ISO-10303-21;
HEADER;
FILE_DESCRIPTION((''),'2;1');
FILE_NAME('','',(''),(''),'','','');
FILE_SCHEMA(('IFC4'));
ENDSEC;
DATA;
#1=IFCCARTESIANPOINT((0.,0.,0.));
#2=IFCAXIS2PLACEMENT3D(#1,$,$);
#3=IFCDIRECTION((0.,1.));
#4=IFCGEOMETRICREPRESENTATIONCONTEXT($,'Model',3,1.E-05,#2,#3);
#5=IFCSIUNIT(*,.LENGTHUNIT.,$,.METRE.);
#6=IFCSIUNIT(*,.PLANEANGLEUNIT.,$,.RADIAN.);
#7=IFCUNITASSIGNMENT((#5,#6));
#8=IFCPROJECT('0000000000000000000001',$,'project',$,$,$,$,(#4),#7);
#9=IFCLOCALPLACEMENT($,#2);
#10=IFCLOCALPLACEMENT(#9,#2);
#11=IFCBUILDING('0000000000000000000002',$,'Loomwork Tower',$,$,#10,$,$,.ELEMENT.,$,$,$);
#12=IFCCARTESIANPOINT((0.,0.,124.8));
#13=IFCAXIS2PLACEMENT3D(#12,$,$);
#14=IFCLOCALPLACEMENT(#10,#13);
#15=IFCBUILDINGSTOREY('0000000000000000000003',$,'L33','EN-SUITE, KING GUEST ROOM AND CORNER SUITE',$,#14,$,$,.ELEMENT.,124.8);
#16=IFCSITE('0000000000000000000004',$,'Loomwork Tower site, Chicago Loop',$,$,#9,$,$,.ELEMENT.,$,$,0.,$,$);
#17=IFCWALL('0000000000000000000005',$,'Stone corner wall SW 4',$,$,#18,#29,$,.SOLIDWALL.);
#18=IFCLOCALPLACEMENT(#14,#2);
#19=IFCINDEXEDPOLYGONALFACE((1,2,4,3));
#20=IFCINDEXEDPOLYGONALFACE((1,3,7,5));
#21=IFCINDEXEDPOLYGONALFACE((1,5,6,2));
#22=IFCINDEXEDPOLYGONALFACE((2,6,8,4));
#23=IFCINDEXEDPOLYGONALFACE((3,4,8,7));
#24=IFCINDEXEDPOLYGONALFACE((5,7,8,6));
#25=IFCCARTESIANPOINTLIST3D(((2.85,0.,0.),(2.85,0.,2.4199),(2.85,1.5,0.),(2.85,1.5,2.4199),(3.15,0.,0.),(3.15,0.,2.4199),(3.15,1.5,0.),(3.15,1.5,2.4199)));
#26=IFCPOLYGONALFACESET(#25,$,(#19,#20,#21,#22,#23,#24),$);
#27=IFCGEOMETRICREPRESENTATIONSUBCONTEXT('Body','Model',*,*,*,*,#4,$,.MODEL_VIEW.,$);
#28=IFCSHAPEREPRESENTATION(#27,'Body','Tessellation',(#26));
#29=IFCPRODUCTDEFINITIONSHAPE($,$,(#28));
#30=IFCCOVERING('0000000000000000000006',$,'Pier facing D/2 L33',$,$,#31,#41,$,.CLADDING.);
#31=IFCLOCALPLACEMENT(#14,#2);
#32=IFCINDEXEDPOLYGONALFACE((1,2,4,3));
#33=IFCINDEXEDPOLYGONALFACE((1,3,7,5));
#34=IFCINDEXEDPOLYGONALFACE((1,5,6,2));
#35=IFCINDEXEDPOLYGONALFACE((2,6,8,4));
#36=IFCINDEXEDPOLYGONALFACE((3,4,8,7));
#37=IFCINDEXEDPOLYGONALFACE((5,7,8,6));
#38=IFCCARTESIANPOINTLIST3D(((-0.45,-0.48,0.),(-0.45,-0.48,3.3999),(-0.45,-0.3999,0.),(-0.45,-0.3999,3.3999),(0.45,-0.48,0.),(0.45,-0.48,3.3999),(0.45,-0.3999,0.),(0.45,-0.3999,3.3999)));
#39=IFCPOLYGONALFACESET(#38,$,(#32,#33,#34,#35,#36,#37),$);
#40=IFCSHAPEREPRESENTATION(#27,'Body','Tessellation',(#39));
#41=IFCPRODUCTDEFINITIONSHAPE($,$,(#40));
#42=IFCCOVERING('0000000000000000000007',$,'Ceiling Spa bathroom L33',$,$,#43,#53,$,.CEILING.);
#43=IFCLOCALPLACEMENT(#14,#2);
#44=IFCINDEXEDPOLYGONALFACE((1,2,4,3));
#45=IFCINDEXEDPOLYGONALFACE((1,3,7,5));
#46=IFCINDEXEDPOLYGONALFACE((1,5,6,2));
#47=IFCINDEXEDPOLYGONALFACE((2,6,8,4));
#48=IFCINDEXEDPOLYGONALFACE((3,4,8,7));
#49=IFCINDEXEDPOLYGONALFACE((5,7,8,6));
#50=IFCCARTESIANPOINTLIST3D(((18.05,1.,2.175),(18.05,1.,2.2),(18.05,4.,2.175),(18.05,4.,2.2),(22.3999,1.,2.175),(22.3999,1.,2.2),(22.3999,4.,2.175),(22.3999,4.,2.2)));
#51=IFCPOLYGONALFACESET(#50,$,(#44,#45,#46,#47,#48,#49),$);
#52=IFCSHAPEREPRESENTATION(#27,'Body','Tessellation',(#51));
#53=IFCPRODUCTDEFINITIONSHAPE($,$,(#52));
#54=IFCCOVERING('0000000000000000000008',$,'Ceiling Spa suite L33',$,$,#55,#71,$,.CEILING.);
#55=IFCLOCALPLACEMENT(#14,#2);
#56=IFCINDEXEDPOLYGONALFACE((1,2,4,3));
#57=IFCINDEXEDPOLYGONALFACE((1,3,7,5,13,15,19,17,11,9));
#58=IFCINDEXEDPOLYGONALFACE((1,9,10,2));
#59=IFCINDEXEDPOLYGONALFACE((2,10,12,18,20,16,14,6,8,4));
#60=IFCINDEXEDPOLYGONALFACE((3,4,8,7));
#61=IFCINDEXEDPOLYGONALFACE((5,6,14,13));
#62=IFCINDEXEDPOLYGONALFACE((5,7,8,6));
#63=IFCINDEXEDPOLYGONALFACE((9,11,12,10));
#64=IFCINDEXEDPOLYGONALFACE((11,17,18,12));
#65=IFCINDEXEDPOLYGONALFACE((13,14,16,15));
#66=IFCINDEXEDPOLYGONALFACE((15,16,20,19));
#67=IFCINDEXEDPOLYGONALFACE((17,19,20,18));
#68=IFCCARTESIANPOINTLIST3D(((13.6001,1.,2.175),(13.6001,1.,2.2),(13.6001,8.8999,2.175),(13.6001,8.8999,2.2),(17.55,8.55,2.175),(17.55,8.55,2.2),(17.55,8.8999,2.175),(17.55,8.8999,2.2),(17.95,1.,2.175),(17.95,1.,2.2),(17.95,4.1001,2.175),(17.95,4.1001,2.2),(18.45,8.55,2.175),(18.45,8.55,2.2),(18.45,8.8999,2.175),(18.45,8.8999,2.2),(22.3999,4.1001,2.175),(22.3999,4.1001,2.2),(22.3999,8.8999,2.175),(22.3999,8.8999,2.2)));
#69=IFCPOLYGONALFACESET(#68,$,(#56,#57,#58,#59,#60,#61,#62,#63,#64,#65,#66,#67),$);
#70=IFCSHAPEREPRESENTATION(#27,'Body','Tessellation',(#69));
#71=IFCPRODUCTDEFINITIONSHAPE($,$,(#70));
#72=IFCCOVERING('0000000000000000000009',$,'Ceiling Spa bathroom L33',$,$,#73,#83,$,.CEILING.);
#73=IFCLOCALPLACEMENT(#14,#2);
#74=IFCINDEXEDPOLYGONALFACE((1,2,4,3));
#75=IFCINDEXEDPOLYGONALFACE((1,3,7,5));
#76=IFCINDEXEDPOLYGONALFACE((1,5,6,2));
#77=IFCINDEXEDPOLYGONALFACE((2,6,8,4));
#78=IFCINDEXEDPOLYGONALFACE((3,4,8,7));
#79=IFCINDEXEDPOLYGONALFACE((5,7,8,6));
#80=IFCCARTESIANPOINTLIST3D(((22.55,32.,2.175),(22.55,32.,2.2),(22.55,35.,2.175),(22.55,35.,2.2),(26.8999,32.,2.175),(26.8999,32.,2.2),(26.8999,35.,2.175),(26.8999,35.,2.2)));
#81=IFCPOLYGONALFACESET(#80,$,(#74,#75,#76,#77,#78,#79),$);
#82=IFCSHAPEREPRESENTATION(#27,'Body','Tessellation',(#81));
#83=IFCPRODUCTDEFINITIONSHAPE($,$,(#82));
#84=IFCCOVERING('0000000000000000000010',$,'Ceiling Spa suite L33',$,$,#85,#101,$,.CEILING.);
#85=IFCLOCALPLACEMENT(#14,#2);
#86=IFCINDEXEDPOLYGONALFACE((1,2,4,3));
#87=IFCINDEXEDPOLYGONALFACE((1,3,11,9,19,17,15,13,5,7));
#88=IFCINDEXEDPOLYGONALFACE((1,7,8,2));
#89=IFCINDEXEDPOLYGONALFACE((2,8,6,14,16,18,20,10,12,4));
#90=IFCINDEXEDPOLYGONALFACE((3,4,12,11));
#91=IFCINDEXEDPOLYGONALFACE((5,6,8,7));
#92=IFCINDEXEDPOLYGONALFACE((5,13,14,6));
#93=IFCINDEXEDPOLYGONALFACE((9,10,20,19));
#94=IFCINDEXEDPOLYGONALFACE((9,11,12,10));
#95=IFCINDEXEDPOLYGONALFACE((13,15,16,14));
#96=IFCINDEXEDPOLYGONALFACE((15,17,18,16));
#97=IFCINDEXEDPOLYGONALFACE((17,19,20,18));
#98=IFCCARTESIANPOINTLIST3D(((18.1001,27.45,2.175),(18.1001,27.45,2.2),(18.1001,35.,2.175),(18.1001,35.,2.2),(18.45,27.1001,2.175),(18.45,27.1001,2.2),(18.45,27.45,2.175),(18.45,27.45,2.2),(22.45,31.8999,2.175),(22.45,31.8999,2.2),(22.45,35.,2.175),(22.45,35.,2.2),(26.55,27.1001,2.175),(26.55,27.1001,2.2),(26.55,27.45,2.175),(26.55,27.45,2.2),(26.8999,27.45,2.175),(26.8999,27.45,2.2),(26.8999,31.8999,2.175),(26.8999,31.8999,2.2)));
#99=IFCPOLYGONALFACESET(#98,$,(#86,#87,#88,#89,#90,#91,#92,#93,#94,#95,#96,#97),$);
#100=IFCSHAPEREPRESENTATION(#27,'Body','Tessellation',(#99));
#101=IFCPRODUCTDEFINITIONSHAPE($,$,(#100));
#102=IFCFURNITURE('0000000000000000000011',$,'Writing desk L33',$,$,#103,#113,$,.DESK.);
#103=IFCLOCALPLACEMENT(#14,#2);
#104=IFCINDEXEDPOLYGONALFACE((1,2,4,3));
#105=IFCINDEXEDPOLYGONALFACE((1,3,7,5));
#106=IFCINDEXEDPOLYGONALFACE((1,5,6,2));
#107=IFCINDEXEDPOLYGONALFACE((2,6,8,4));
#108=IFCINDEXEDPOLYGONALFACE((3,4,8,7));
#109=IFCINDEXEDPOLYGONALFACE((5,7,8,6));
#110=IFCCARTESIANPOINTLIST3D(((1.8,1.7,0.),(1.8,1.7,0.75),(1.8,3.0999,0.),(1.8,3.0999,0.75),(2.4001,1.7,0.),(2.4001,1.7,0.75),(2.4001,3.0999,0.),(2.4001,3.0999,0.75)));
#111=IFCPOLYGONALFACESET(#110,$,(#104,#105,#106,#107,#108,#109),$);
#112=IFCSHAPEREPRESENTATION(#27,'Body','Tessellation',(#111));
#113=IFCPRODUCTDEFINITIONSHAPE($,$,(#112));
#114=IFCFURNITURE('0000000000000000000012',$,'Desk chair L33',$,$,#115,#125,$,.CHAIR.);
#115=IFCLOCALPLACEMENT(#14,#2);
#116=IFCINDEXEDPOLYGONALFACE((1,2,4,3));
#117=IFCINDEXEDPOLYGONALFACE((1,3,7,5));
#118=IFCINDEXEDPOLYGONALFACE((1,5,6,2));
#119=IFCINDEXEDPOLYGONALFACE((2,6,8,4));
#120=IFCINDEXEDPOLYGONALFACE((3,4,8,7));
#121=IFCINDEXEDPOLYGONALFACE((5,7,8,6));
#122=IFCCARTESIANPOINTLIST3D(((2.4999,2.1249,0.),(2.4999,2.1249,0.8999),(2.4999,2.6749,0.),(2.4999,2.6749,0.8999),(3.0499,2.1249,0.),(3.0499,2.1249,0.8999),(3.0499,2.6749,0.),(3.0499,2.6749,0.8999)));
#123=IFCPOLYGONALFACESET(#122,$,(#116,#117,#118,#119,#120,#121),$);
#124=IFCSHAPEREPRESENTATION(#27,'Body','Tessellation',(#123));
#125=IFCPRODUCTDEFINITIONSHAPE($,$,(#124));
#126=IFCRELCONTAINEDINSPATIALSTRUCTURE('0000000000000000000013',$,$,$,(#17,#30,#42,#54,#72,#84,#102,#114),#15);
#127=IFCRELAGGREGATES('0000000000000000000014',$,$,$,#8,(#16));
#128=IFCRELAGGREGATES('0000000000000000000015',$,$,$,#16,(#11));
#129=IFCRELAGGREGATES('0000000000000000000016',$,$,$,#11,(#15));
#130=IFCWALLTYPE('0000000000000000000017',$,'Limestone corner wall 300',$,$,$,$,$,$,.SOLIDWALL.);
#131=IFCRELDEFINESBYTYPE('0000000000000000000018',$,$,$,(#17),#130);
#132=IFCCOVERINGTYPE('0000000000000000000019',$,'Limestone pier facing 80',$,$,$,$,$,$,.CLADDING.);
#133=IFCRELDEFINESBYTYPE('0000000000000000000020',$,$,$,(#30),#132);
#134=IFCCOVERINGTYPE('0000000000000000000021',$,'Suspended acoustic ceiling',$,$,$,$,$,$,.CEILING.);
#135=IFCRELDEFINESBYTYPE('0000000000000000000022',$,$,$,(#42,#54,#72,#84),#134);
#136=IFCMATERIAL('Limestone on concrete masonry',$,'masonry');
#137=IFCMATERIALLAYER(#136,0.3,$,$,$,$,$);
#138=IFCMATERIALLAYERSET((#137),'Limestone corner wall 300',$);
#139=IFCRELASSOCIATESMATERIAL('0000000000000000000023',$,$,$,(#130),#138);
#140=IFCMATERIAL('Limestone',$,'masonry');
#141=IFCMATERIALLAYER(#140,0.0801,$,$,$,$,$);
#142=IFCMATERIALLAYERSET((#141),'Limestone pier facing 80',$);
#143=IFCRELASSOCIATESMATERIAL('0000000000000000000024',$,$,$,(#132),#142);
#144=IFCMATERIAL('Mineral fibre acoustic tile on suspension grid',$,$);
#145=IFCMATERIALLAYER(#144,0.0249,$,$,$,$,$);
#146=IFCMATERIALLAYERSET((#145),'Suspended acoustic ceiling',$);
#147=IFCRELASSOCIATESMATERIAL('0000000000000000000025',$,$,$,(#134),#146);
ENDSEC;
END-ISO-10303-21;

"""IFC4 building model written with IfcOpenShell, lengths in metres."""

from ifc_helpers import new_model, si_unit, direction, frame, frame_2d, origin, origin_2d, place, context, subcontext, project, spatial, polyline, rectangle, outline, extrude, material, layer, layer_set, type_object, element, save


model = new_model("IFC4")

# Units and contexts
model_context = context("Model", 3, precision=1e-05, world=origin(), true_north=direction((0.0, 1.0)))
body_context = subcontext(model_context, "Body", "Model", "MODEL_VIEW")
ifc_project = project(units=[si_unit("LENGTHUNIT", "METRE"), si_unit("PLANEANGLEUNIT", "RADIAN")], contexts=[model_context])

# Site, building, storey
site_placement = place(None, origin())
site = spatial("IfcSite", under=ifc_project, at=site_placement, Name="Loomwork Tower site, Chicago Loop", CompositionType="ELEMENT", RefElevation=0.0)
building_placement = place(site_placement, origin())
building = spatial("IfcBuilding", under=site, at=building_placement, Name="Loomwork Tower", CompositionType="ELEMENT")
storey_placement = place(building_placement, frame((0.0, 0.0, 124.8)))
storey = spatial("IfcBuildingStorey", under=building, at=storey_placement, Name="L33", Description="EN-SUITE, KING GUEST ROOM AND CORNER SUITE", CompositionType="ELEMENT", Elevation=124.8)

# Shared definitions
ifc_material_1 = material(Name="Limestone on concrete masonry", Category="masonry")
ifc_layer_1 = layer(ifc_material_1, 0.3)
ifc_layer_set_1 = layer_set([ifc_layer_1], Name="Limestone corner wall 300")
wall_type_1 = type_object("IfcWallType", Name="Limestone corner wall 300", PredefinedType="SOLIDWALL", material=ifc_layer_set_1)

# Wall
wall_1_placement = place(storey_placement, frame((3.0, 1.5, 0.0), z_axis=(0.0, 0.0, 1.0), x_axis=(0.0, -1.0, 0.0)))
element("IfcWall", 1, at=wall_1_placement, inside=storey, type_object=wall_type_1, Name="Stone corner wall SW 4", PredefinedType="SOLIDWALL", context=body_context, shape_type="SweptSolid", body=[
    extrude(rectangle(XDim=1.5, YDim=0.3, at=frame_2d((0.75, 0.0))), origin(), (0.0, 0.0, 1.0), 2.4199),
])

# Coverings
ifc_material_2 = material(Name="Limestone", Category="masonry")
ifc_layer_2 = layer(ifc_material_2, 0.0801)
ifc_layer_set_2 = layer_set([ifc_layer_2], Name="Limestone pier facing 80")
covering_type_1 = type_object("IfcCoveringType", Name="Limestone pier facing 80", PredefinedType="CLADDING", material=ifc_layer_set_2)
covering_1_placement = place(storey_placement, frame((0.0, -0.4399, 0.0), z_axis=(0.0, 0.0, 1.0), x_axis=(1.0, 0.0, 0.0)))
element("IfcCovering", 2, at=covering_1_placement, inside=storey, type_object=covering_type_1, Name="Pier facing D/2 L33", PredefinedType="CLADDING", context=body_context, shape_type="SweptSolid", body=[
    extrude(rectangle(XDim=0.8999, YDim=0.0801, at=origin_2d()), origin(), (0.0, 0.0, 1.0), 3.3999),
])
ifc_material_3 = material(Name="Mineral fibre acoustic tile on suspension grid")
ifc_layer_3 = layer(ifc_material_3, 0.0249)
ifc_layer_set_3 = layer_set([ifc_layer_3], Name="Suspended acoustic ceiling")
covering_type_2 = type_object("IfcCoveringType", Name="Suspended acoustic ceiling", PredefinedType="CEILING", material=ifc_layer_set_3)
covering_2_placement = place(storey_placement, frame((0.0, 0.0, 2.175)))
element("IfcCovering", 3, at=covering_2_placement, inside=storey, type_object=covering_type_2, Name="Ceiling Spa bathroom L33", PredefinedType="CEILING", context=body_context, shape_type="SweptSolid", body=[
    extrude(outline(polyline([(22.3999, 4.0), (22.3999, 1.0), (18.05, 1.0), (18.05, 4.0), (22.3999, 4.0)])), origin(), (0.0, 0.0, 1.0), 0.0249),
])
covering_3_placement = place(storey_placement, frame((0.0, 0.0, 2.175)))
element("IfcCovering", 4, at=covering_3_placement, inside=storey, type_object=covering_type_2, Name="Ceiling Spa suite L33", PredefinedType="CEILING", context=body_context, shape_type="SweptSolid", body=[
    extrude(outline(polyline([(17.55, 8.8999), (17.55, 8.55), (18.45, 8.55), (18.45, 8.8999), (22.3999, 8.8999), (22.3999, 4.1001), (17.95, 4.1001), (17.95, 1.0), (13.6001, 1.0), (13.6001, 8.8999), (17.55, 8.8999)])), origin(), (0.0, 0.0, 1.0), 0.0249),
])
covering_4_placement = place(storey_placement, frame((0.0, 0.0, 2.175)))
element("IfcCovering", 5, at=covering_4_placement, inside=storey, type_object=covering_type_2, Name="Ceiling Spa bathroom L33", PredefinedType="CEILING", context=body_context, shape_type="SweptSolid", body=[
    extrude(outline(polyline([(22.55, 35.0), (26.8999, 35.0), (26.8999, 32.0), (22.55, 32.0), (22.55, 35.0)])), origin(), (0.0, 0.0, 1.0), 0.0249),
])
covering_5_placement = place(storey_placement, frame((0.0, 0.0, 2.175)))
element("IfcCovering", 6, at=covering_5_placement, inside=storey, type_object=covering_type_2, Name="Ceiling Spa suite L33", PredefinedType="CEILING", context=body_context, shape_type="SweptSolid", body=[
    extrude(outline(polyline([(18.1001, 35.0), (22.45, 35.0), (22.45, 31.8999), (26.8999, 31.8999), (26.8999, 27.45), (26.55, 27.45), (26.55, 27.1001), (18.45, 27.1001), (18.45, 27.45), (18.1001, 27.45), (18.1001, 35.0)])), origin(), (0.0, 0.0, 1.0), 0.0249),
])

# Furniture
furniture_1_placement = place(storey_placement, frame((2.1001, 2.3999, 0.0), z_axis=(0.0, 0.0, 1.0), x_axis=(1.0, 0.0, 0.0)))
element("IfcFurniture", 7, at=furniture_1_placement, inside=storey, Name="Writing desk L33", PredefinedType="DESK", context=body_context, shape_type="SweptSolid", body=[
    extrude(rectangle(XDim=0.6001, YDim=1.3999, at=origin_2d()), origin(), (0.0, 0.0, 1.0), 0.75),
])
furniture_2_placement = place(storey_placement, frame((2.7749, 2.3999, 0.0), z_axis=(0.0, 0.0, 1.0), x_axis=(1.0, 0.0, 0.0)))
element("IfcFurniture", 8, at=furniture_2_placement, inside=storey, Name="Desk chair L33", PredefinedType="CHAIR", context=body_context, shape_type="SweptSolid", body=[
    extrude(rectangle(XDim=0.55, YDim=0.55, at=origin_2d()), origin(), (0.0, 0.0, 1.0), 0.8999),
])

save(model, "model.ifc")
